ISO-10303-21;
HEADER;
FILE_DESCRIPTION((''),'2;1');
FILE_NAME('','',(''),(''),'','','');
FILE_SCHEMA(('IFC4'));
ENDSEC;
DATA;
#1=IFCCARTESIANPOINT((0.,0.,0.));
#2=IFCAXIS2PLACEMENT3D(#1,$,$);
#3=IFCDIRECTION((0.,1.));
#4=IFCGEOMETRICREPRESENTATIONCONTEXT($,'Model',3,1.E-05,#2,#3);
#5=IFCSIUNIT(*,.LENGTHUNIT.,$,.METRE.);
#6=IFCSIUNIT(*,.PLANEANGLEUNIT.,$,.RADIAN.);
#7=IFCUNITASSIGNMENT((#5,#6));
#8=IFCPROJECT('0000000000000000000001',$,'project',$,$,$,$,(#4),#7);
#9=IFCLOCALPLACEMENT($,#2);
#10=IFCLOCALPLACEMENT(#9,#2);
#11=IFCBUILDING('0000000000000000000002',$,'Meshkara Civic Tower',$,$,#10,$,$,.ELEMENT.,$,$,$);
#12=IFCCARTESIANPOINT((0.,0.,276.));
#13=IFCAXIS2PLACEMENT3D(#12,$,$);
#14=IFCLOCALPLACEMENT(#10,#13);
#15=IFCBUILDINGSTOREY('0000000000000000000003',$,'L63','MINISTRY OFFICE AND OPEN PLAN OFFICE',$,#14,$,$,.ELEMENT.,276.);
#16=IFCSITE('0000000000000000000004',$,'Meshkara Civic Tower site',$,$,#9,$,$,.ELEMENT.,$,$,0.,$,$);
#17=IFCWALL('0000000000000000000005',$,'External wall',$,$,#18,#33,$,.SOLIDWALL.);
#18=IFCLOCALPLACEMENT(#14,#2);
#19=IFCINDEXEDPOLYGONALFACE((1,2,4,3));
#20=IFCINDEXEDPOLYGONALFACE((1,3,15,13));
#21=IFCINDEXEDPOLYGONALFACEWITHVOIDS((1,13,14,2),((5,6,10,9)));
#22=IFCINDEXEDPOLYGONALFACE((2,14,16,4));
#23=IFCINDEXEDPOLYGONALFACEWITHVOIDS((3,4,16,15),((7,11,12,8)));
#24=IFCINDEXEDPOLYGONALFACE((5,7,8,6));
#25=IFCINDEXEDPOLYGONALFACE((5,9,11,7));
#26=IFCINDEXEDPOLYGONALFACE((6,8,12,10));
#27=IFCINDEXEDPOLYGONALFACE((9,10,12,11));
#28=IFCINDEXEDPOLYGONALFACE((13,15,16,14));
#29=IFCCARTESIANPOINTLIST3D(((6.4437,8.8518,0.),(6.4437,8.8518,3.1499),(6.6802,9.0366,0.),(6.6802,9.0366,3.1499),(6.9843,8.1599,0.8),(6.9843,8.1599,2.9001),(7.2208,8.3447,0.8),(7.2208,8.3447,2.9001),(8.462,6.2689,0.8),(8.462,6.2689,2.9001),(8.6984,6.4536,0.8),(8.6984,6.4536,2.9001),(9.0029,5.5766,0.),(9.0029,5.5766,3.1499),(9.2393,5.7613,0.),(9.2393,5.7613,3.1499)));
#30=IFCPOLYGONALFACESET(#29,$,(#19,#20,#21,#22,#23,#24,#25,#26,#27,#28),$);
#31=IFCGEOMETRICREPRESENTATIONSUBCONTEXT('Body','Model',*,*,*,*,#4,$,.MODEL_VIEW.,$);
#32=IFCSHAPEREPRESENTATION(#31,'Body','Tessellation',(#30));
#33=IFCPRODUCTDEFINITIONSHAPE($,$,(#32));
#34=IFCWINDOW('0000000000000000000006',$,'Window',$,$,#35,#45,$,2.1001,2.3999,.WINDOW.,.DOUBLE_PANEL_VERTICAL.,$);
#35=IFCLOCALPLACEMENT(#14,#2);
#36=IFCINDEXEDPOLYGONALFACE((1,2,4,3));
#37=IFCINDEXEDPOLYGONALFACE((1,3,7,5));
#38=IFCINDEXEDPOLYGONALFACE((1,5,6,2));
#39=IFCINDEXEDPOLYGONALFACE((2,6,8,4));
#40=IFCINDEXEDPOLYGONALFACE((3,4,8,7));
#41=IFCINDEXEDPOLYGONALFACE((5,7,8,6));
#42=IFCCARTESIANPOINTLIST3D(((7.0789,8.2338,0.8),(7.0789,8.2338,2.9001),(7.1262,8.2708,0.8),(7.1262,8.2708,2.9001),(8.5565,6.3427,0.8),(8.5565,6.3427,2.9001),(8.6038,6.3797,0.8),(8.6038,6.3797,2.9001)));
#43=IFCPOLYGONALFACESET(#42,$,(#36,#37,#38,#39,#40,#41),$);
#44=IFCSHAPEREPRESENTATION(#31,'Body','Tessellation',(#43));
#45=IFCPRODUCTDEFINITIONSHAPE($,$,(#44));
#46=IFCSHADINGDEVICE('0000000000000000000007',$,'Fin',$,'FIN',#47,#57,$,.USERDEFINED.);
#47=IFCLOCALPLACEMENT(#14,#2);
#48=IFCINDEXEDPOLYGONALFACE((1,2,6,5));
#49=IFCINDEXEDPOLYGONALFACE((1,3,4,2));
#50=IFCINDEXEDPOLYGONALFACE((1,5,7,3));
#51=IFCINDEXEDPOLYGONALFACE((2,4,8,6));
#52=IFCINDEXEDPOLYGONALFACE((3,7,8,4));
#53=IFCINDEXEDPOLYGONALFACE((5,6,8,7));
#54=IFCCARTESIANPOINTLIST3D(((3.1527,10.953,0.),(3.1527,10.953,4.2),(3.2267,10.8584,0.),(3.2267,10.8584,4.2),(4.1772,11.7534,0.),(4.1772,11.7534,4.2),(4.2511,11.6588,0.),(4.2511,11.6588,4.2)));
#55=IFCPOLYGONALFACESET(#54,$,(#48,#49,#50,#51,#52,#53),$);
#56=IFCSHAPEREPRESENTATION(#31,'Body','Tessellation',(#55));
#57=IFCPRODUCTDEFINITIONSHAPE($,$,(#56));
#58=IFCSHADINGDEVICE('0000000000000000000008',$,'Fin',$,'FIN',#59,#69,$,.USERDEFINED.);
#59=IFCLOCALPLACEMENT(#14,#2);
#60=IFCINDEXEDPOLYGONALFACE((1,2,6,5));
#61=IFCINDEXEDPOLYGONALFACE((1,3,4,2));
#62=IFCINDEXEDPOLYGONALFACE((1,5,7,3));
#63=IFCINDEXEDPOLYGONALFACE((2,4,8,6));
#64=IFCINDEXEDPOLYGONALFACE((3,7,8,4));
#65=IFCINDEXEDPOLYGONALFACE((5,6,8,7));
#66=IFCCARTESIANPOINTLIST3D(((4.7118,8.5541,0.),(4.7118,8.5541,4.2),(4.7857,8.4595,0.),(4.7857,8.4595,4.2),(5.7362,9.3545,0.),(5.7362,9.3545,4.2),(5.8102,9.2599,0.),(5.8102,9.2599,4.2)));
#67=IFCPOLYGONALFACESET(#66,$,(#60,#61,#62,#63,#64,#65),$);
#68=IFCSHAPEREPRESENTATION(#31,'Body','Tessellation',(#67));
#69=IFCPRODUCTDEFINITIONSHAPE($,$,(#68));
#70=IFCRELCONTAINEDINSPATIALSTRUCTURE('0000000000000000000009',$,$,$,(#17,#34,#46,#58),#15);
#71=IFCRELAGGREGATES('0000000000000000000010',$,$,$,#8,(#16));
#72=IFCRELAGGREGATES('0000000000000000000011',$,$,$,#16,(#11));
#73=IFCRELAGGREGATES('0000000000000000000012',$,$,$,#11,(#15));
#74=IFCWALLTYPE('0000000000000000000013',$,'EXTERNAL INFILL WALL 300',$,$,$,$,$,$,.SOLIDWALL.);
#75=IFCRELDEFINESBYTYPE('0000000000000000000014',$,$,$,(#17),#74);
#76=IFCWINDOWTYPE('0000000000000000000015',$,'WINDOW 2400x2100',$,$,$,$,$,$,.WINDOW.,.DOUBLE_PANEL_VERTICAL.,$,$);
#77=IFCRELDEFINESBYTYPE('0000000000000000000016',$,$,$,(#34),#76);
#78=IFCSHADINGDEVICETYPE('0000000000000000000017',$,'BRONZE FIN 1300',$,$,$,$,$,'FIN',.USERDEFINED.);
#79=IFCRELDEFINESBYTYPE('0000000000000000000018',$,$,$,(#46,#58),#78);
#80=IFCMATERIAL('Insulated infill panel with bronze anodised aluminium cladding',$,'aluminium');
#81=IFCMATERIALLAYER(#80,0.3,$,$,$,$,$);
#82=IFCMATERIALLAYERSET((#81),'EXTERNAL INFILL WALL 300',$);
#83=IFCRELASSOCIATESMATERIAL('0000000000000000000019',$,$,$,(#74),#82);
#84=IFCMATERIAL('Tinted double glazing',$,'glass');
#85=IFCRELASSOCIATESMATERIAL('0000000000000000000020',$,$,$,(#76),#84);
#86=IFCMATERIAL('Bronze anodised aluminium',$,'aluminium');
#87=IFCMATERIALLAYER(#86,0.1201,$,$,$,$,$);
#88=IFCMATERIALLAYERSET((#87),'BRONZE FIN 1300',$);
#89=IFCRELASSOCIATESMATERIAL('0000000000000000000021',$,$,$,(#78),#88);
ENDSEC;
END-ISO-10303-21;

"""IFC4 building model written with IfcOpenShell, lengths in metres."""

from ifc_helpers import new_model, si_unit, direction, frame, frame_2d, origin, origin_2d, place, context, subcontext, project, spatial, rectangle, extrude, material, layer, layer_set, type_object, element, fill, save


model = new_model("IFC4")

# Units and contexts
model_context = context("Model", 3, precision=1e-05, world=origin(), true_north=direction((0.0, 1.0)))
body_context = subcontext(model_context, "Body", "Model", "MODEL_VIEW")
ifc_project = project(units=[si_unit("LENGTHUNIT", "METRE"), si_unit("PLANEANGLEUNIT", "RADIAN")], contexts=[model_context])

# Site, building, storey
site_placement = place(None, origin())
site = spatial("IfcSite", under=ifc_project, at=site_placement, Name="Meshkara Civic Tower site", CompositionType="ELEMENT", RefElevation=0.0)
building_placement = place(site_placement, origin())
building = spatial("IfcBuilding", under=site, at=building_placement, Name="Meshkara Civic Tower", CompositionType="ELEMENT")
storey_placement = place(building_placement, frame((0.0, 0.0, 276.0)))
storey = spatial("IfcBuildingStorey", under=building, at=storey_placement, Name="L63", Description="MINISTRY OFFICE AND OPEN PLAN OFFICE", CompositionType="ELEMENT", Elevation=276.0)

# Wall, opening, window
ifc_material_1 = material(Name="Insulated infill panel with bronze anodised aluminium cladding", Category="aluminium")
ifc_layer_1 = layer(ifc_material_1, 0.3)
ifc_layer_set_1 = layer_set([ifc_layer_1], Name="EXTERNAL INFILL WALL 300")
wall_type_1 = type_object("IfcWallType", Name="EXTERNAL INFILL WALL 300", PredefinedType="SOLIDWALL", material=ifc_layer_set_1)
wall_1_placement = place(storey_placement, frame((6.562, 8.9441, 0.0), z_axis=(0.0, 0.0, 1.0), x_axis=(0.6157, -0.787981, 0.0)))
wall_1 = element("IfcWall", 1, at=wall_1_placement, inside=storey, type_object=wall_type_1, Name="External wall", PredefinedType="SOLIDWALL", context=body_context, shape_type="SweptSolid", body=[
    extrude(rectangle(XDim=4.1565, YDim=0.3, at=frame_2d((2.0781, 0.0))), origin(), (0.0, 0.0, 1.0), 3.1499),
])
opening_1_placement = place(wall_1_placement, frame((0.8779, 0.0, 0.8)))
opening_1 = element("IfcOpeningElement", 2, at=opening_1_placement, cuts=wall_1, PredefinedType="OPENING", context=body_context, shape_type="SweptSolid", body=[
    extrude(rectangle(XDim=2.3999, YDim=2.1001, at=frame_2d((1.2, 1.05))), frame((0.0, 0.1599, 0.0), z_axis=(0.0, -1.0, 0.0), x_axis=(1.0, 0.0, 0.0)), (0.0, 0.0, 1.0), 0.3201),
])
ifc_material_2 = material(Name="Tinted double glazing", Category="glass")
window_type = type_object("IfcWindowType", Name="WINDOW 2400x2100", PartitioningType="DOUBLE_PANEL_VERTICAL", PredefinedType="WINDOW", material=ifc_material_2)
window_placement = place(opening_1_placement, origin())
window = element("IfcWindow", 3, at=window_placement, inside=storey, type_object=window_type, Name="Window", OverallHeight=2.1001, OverallWidth=2.3999, PartitioningType="DOUBLE_PANEL_VERTICAL", PredefinedType="WINDOW", context=body_context, shape_type="SweptSolid", body=[
    extrude(rectangle(XDim=2.3999, YDim=2.1001, at=frame_2d((1.2, 1.05))), frame((0.0, 0.03, 0.0), z_axis=(0.0, -1.0, 0.0), x_axis=(1.0, 0.0, 0.0)), (0.0, 0.0, 1.0), 0.0601),
])
fill(opening_1, window)

# Shading devices
ifc_material_3 = material(Name="Bronze anodised aluminium", Category="aluminium")
ifc_layer_2 = layer(ifc_material_3, 0.1201)
ifc_layer_set_2 = layer_set([ifc_layer_2], Name="BRONZE FIN 1300")
shading_device_type = type_object("IfcShadingDeviceType", Name="BRONZE FIN 1300", ElementType="FIN", PredefinedType="USERDEFINED", material=ifc_layer_set_2)
for number, where, z_axis, x_axis, name in (
    (4, (3.7019, 11.3059, 0.0), (0.0, 0.0, 1.0), (0.615661, -0.788011, 0.0), "Fin"),
    (5, (5.261, 8.907, 0.0), (0.0, 0.0, 1.0), (0.615661, -0.788011, 0.0), "Fin"),
):
    element("IfcShadingDevice", number, at=place(storey_placement, frame(where, z_axis=z_axis, x_axis=x_axis)), inside=storey, type_object=shading_device_type, Name=name, ObjectType="FIN", PredefinedType="USERDEFINED", context=body_context, shape_type="SweptSolid", body=[
        extrude(rectangle(XDim=0.1201, YDim=1.3, at=origin_2d()), origin(), (0.0, 0.0, 1.0), 4.2),
    ])

save(model, "model.ifc")
